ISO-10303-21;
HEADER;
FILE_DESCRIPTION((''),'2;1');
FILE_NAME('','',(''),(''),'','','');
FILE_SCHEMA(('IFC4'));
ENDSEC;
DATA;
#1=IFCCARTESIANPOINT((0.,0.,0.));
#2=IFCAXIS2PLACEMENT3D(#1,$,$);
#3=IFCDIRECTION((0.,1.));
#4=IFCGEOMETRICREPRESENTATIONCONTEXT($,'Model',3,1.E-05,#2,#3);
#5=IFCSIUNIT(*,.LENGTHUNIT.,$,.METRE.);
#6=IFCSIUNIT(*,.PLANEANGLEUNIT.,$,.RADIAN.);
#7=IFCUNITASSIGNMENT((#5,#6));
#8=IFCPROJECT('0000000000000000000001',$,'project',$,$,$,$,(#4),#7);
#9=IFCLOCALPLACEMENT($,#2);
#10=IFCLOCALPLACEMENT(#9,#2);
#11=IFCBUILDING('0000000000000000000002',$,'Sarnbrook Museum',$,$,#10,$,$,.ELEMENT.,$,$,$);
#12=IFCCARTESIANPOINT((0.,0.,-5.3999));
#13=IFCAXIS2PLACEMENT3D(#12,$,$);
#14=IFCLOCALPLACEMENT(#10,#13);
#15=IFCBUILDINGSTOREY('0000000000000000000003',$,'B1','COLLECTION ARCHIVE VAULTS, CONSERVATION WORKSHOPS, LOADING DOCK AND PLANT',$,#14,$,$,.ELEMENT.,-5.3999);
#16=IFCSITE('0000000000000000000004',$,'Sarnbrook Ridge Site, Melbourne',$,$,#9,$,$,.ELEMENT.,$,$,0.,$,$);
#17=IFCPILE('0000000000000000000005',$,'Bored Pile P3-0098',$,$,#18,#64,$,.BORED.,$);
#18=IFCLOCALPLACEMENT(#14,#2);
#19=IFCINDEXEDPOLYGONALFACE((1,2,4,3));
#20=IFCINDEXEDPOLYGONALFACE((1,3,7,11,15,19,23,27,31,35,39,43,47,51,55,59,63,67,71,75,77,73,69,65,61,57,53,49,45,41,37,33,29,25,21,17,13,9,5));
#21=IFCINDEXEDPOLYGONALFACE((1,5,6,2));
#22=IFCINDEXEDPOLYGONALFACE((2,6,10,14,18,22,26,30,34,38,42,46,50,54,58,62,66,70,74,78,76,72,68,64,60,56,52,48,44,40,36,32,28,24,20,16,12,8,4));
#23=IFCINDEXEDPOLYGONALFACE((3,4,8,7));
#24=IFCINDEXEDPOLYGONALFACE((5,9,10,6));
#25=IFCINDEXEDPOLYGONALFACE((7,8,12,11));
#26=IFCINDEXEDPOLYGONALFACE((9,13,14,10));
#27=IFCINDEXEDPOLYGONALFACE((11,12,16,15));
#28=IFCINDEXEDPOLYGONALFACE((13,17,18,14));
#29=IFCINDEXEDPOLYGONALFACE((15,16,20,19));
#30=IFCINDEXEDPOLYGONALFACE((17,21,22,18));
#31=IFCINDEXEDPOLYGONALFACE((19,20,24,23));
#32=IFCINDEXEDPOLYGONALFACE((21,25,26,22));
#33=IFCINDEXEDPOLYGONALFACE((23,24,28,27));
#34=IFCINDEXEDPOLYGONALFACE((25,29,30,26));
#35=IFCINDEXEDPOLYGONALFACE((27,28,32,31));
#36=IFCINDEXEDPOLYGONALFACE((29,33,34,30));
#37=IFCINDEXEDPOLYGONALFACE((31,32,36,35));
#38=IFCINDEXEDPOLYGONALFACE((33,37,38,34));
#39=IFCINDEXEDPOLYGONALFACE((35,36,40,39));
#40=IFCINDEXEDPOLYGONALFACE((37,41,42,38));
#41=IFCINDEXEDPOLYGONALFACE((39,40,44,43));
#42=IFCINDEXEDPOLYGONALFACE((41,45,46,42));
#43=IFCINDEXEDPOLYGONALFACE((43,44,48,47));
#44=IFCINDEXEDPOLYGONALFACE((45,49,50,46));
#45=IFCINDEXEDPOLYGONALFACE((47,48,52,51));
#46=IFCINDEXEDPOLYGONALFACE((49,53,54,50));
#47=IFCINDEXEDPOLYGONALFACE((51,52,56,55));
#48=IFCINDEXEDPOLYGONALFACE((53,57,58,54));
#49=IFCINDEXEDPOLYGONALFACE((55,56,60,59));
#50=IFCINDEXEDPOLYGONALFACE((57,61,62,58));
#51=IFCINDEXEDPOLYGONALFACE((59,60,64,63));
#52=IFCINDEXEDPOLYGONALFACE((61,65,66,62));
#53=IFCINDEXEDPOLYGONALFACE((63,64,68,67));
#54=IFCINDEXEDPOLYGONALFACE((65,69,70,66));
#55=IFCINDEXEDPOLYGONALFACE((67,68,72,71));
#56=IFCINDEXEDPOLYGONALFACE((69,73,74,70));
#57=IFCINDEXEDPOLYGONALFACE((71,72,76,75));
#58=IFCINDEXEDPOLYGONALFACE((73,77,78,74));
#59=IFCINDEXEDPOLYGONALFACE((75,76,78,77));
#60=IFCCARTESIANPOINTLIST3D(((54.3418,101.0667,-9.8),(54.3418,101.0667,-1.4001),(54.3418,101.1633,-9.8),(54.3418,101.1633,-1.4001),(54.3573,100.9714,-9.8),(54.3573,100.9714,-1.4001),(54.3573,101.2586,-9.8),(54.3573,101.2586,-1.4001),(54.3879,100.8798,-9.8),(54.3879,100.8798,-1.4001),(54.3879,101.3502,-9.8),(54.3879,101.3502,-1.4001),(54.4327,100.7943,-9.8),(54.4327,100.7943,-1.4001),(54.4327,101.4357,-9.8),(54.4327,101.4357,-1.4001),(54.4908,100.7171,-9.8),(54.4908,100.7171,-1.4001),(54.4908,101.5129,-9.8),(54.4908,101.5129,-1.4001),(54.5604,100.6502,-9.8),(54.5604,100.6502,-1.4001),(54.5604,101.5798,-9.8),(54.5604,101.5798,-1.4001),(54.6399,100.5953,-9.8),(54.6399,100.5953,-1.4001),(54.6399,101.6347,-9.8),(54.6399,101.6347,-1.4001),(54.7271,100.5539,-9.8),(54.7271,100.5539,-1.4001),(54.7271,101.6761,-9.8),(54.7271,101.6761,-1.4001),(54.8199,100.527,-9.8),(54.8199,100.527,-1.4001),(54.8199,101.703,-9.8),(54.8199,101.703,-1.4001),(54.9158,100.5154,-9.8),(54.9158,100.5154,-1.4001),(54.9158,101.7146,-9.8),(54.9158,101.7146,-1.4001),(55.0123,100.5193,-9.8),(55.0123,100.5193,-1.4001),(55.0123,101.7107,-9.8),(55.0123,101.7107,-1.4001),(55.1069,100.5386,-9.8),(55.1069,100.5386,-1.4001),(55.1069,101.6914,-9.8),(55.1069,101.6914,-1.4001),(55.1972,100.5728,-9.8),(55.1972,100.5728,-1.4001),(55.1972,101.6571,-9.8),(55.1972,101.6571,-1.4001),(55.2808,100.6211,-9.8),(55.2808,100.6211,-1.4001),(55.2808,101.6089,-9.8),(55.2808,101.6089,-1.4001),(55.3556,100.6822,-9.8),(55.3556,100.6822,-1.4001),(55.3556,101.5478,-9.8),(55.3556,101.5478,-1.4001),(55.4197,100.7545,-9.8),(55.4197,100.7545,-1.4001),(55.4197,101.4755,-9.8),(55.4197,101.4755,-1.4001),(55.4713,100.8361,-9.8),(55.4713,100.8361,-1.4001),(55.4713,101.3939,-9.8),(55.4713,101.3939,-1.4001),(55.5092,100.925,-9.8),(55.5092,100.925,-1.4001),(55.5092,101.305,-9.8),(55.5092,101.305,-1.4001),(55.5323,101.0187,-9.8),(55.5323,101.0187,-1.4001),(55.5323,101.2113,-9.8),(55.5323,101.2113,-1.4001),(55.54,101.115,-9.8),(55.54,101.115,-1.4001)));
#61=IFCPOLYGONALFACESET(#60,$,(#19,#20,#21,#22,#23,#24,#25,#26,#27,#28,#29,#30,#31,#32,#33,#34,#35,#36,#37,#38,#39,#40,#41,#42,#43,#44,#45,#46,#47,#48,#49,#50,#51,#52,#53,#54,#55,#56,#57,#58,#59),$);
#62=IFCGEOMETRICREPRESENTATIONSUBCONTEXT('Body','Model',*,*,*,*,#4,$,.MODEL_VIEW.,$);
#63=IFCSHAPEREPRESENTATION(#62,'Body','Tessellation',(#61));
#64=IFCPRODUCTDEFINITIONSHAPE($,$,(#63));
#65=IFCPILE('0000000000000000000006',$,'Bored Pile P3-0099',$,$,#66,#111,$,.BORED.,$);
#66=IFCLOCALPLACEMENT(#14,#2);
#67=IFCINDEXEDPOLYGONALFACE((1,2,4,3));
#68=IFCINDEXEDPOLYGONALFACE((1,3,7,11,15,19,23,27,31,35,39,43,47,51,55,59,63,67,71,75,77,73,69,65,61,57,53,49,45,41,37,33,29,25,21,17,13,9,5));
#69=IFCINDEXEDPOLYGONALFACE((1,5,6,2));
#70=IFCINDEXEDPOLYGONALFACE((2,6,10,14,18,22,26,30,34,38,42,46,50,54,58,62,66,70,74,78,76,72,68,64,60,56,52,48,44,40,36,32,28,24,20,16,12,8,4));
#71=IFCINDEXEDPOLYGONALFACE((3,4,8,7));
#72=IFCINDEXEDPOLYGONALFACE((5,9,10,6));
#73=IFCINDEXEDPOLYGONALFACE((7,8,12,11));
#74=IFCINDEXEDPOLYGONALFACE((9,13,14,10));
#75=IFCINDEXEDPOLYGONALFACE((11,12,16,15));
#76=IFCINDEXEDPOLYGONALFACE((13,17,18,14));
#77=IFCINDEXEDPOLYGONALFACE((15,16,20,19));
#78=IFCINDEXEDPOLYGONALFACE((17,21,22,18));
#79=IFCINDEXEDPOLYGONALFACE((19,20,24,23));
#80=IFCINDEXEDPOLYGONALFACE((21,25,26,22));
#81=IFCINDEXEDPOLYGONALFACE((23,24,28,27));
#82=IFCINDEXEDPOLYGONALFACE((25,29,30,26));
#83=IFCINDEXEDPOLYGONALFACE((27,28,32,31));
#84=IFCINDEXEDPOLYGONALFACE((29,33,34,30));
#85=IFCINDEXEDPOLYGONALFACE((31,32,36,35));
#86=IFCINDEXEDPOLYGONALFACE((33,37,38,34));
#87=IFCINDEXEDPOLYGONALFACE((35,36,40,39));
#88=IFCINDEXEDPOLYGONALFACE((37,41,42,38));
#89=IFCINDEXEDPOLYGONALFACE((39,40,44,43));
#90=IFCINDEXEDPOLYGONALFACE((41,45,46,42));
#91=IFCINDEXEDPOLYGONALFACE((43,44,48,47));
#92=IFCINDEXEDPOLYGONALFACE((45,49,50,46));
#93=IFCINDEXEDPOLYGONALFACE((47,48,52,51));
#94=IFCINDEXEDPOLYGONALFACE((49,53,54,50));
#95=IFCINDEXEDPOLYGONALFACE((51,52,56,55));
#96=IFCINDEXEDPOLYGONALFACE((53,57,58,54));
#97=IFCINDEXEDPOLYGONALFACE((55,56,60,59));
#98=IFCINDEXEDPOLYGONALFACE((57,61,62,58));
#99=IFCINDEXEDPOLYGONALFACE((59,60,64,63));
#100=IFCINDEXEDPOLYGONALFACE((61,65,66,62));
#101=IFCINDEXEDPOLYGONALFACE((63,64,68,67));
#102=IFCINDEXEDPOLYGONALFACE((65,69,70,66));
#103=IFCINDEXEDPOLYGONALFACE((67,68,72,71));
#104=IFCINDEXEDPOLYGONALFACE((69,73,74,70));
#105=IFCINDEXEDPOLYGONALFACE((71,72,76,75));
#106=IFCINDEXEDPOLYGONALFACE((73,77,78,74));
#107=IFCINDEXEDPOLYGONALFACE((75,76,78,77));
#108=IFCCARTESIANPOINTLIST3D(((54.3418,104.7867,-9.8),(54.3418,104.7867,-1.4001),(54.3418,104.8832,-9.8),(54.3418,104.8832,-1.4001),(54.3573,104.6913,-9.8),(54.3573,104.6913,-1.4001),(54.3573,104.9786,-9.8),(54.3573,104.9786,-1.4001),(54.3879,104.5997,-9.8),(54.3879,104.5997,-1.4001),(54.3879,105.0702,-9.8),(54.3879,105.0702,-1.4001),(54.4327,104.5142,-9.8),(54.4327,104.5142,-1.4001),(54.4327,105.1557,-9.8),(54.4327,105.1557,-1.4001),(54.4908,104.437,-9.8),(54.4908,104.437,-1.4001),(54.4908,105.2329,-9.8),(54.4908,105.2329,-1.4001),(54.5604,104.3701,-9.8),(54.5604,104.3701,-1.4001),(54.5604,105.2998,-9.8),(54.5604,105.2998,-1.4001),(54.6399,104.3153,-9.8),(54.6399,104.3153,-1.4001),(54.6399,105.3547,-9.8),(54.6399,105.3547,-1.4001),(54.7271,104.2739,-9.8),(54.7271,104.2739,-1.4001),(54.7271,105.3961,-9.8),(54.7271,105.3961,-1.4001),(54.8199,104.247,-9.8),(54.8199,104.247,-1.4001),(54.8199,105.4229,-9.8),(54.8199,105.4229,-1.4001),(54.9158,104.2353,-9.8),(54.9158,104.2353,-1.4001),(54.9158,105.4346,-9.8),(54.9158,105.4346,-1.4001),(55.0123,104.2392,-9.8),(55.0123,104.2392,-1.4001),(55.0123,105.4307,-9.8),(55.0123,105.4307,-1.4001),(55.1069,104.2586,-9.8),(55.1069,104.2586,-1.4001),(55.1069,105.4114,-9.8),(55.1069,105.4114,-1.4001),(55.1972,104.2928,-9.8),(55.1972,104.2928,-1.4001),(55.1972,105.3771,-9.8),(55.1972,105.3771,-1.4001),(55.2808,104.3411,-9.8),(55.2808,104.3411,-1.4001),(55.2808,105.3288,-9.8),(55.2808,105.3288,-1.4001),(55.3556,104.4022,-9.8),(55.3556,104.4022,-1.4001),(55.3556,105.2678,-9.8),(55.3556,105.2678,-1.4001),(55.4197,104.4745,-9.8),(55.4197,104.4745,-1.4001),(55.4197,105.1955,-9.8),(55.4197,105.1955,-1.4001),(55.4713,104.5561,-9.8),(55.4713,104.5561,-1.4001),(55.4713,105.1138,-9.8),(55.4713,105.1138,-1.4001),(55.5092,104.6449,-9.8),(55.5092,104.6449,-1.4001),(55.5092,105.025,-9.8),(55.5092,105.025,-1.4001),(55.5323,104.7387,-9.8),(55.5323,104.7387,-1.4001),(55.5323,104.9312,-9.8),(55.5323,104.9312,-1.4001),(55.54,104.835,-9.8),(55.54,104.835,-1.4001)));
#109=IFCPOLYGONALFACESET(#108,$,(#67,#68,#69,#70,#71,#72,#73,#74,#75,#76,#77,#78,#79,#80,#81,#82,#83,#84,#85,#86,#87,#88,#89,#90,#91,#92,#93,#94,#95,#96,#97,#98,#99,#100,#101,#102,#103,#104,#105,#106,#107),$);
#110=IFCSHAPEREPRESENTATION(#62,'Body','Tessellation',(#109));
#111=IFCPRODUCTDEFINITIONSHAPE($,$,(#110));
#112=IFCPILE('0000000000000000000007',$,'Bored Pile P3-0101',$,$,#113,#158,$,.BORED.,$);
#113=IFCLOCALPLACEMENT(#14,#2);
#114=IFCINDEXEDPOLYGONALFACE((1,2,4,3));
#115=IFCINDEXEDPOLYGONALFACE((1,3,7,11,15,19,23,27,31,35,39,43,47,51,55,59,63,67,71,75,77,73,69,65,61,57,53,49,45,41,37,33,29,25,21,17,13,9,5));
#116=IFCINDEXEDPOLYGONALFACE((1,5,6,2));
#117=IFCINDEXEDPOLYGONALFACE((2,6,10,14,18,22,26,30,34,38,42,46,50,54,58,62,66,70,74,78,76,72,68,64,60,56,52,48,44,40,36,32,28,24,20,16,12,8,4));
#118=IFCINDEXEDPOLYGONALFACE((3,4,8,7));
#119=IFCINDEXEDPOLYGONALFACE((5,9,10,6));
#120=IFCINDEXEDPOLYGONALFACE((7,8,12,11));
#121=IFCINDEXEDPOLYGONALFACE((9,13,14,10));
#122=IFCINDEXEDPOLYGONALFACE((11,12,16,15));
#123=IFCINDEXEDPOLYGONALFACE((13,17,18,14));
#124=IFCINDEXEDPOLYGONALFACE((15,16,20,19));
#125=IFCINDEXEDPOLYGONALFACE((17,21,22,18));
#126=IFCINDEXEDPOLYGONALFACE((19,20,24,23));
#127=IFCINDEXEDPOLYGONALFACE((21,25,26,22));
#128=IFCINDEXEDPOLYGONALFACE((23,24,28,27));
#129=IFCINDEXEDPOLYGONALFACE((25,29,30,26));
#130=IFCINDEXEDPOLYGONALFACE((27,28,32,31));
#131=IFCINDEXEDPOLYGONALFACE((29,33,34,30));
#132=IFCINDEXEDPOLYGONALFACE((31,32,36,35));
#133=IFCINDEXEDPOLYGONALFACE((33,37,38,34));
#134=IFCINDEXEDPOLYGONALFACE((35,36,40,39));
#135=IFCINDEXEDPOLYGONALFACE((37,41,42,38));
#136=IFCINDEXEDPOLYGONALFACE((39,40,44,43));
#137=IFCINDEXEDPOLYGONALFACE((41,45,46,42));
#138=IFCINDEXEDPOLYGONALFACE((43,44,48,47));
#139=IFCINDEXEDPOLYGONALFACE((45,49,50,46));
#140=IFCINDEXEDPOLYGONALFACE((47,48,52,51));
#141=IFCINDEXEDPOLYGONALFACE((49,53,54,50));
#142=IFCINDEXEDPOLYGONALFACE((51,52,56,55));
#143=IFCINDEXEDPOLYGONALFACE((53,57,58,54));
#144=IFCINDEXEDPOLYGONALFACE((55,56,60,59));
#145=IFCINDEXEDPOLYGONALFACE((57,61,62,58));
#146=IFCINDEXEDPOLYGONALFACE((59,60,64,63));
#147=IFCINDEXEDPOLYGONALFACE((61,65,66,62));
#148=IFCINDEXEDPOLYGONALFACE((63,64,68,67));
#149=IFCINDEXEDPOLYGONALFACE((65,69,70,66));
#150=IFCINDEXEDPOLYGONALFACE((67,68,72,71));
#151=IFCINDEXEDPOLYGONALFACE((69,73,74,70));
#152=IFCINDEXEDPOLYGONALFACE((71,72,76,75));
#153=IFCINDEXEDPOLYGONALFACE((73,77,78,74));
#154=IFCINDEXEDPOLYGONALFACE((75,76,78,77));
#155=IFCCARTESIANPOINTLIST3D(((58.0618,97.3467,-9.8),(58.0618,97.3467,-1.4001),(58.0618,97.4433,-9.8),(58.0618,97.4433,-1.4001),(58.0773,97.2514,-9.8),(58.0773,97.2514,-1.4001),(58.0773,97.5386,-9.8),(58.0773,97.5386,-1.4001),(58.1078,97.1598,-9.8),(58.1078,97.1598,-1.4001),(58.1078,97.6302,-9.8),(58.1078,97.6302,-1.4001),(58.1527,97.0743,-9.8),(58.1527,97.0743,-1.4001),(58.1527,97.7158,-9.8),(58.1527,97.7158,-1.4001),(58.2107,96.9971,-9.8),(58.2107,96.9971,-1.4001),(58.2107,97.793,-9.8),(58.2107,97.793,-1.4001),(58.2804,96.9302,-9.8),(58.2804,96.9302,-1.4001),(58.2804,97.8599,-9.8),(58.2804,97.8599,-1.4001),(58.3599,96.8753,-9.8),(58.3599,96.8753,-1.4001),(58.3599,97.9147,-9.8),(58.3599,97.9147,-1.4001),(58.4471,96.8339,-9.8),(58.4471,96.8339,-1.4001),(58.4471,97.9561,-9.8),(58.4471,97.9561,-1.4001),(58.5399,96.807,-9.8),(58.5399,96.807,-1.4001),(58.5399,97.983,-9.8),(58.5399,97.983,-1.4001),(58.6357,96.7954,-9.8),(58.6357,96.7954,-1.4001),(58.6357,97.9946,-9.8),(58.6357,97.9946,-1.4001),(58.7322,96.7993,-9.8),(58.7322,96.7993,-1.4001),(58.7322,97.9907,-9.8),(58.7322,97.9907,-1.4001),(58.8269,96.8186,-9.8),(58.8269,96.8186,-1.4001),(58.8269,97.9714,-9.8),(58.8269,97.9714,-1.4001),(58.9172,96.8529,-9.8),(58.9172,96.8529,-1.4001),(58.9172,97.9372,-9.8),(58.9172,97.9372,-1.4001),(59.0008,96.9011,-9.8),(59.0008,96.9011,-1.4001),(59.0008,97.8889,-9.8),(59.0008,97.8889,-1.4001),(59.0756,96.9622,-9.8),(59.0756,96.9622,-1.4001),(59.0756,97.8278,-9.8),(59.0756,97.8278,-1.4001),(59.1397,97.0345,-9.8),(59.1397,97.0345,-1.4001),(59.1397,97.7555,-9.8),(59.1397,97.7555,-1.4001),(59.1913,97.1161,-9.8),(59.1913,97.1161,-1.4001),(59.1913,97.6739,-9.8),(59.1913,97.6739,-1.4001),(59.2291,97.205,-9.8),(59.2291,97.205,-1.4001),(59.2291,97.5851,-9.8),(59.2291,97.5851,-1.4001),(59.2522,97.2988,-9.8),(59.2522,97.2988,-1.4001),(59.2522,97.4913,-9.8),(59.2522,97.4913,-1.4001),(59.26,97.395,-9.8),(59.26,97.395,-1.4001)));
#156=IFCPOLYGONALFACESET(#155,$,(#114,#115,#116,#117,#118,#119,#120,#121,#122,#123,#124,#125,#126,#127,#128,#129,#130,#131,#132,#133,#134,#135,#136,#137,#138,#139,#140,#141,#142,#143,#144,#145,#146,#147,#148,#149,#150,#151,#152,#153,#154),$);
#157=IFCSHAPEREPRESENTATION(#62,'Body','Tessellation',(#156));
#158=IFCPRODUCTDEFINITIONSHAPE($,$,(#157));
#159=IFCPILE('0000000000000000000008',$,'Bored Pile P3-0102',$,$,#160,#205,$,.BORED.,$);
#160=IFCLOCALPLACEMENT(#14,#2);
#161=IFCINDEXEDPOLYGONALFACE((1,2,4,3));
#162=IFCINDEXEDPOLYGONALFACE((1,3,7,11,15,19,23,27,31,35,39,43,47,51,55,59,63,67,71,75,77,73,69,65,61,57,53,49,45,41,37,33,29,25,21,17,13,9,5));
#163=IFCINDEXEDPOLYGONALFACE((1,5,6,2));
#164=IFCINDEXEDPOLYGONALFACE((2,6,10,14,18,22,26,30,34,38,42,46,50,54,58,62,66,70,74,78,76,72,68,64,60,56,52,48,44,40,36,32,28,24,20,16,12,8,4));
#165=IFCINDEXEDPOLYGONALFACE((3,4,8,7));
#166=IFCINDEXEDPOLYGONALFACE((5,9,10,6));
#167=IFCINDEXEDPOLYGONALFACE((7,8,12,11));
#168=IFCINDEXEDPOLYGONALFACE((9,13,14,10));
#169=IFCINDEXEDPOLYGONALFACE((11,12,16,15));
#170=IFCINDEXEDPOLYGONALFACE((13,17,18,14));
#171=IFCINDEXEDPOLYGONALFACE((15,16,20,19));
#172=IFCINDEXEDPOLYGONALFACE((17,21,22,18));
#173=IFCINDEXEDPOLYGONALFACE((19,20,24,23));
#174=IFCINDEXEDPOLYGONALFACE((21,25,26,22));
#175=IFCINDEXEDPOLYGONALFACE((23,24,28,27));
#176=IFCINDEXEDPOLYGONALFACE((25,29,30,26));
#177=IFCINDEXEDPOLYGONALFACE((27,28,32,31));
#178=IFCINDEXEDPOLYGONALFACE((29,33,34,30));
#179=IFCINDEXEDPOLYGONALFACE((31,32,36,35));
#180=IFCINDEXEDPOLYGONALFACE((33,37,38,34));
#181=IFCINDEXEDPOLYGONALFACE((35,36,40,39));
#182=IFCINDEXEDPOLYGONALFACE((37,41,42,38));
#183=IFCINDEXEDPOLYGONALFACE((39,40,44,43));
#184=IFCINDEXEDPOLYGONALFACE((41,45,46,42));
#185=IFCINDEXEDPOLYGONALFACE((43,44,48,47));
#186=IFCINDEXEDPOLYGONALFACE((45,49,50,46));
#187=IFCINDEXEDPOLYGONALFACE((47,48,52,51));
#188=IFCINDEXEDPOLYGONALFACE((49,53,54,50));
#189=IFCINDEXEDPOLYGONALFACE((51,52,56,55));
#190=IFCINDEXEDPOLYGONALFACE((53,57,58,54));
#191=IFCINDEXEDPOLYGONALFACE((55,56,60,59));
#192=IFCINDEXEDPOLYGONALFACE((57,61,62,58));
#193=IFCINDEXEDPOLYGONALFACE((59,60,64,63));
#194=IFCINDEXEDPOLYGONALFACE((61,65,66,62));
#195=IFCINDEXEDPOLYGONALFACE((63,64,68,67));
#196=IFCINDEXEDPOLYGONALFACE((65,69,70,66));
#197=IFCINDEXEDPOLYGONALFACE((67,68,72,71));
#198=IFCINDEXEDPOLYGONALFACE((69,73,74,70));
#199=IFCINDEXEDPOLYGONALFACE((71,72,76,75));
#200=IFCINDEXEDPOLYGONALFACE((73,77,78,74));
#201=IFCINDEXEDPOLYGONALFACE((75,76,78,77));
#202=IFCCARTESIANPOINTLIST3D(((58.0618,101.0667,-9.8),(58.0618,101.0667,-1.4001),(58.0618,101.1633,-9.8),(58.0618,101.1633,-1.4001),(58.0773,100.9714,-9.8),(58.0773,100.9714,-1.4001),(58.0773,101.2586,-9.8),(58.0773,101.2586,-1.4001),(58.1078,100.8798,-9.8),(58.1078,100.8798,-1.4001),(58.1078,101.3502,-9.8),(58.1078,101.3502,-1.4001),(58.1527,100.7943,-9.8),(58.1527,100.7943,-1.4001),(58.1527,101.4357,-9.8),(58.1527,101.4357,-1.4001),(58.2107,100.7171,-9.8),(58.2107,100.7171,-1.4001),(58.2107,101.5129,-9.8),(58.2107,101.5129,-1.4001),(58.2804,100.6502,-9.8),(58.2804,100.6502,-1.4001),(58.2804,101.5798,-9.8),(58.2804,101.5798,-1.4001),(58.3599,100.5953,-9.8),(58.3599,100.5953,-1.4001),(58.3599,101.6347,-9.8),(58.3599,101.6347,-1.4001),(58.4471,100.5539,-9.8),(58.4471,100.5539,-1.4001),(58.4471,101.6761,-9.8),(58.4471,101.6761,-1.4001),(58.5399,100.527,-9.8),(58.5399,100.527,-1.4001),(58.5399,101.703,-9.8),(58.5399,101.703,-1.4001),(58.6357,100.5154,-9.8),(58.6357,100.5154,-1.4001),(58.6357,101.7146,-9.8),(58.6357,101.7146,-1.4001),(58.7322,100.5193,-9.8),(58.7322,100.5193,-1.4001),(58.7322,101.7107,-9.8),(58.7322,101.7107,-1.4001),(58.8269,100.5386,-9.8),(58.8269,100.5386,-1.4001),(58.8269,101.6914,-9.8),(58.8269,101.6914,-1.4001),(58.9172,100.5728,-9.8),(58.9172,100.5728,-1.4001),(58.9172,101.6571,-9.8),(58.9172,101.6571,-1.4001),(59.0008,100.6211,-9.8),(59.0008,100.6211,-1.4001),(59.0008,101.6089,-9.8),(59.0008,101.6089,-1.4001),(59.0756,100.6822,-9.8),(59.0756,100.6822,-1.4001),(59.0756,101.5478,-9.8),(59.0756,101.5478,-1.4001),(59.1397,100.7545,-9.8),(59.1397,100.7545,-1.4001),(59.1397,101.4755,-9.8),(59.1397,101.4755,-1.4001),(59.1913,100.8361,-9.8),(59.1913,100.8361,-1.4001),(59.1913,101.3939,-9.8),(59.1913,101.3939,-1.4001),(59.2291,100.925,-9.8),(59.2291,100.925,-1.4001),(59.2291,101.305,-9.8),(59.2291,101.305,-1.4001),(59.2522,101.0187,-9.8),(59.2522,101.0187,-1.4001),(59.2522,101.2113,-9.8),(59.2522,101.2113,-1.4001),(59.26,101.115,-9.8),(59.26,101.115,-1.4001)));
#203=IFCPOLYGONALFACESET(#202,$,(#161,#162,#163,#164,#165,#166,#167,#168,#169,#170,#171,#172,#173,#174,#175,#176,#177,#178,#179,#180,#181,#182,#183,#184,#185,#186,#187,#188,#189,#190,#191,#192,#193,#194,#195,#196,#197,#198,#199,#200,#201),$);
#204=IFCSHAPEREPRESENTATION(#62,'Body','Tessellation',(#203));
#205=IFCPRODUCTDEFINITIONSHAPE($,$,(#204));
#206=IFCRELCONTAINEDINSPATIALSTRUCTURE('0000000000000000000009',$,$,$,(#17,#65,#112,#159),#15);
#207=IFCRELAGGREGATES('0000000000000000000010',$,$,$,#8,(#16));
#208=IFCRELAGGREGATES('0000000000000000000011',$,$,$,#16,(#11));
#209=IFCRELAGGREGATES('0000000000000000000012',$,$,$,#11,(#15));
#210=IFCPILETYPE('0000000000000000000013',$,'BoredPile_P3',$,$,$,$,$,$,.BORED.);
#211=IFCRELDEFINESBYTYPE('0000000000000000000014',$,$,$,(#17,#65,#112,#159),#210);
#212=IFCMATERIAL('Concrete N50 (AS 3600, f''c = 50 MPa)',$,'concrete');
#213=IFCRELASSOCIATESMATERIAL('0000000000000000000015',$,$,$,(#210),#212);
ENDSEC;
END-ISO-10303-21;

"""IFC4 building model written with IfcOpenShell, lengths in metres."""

from ifc_helpers import new_model, si_unit, direction, frame, origin, origin_2d, place, context, subcontext, project, spatial, circle, extrude, material, material_profile, profile_set, type_object, element, save


model = new_model("IFC4")

# Units and contexts
model_context = context("Model", 3, precision=1e-05, world=origin(), true_north=direction((0.0, 1.0)))
body_context = subcontext(model_context, "Body", "Model", "MODEL_VIEW")
ifc_project = project(units=[si_unit("LENGTHUNIT", "METRE"), si_unit("PLANEANGLEUNIT", "RADIAN")], contexts=[model_context])

# Site, building, storey
site_placement = place(None, origin())
site = spatial("IfcSite", under=ifc_project, at=site_placement, Name="Sarnbrook Ridge Site, Melbourne", CompositionType="ELEMENT", RefElevation=0.0)
building_placement = place(site_placement, origin())
building = spatial("IfcBuilding", under=site, at=building_placement, Name="Sarnbrook Museum", CompositionType="ELEMENT")
storey_placement = place(building_placement, frame((0.0, 0.0, -5.3999)))
storey = spatial("IfcBuildingStorey", under=building, at=storey_placement, Name="B1", Description="COLLECTION ARCHIVE VAULTS, CONSERVATION WORKSHOPS, LOADING DOCK AND PLANT", CompositionType="ELEMENT", Elevation=-5.3999)

# Piles
ifc_material_1 = material(Name="Concrete N50 (AS 3600, f'c = 50 MPa)", Category="concrete")
ifc_material_profile_1 = material_profile(ifc_material_1, circle(Radius=0.6001, at=origin_2d()), Name="BORED PILE D1200")
ifc_profile_set_1 = profile_set([ifc_material_profile_1], Name="Concrete N50 (AS 3600, f'c = 50 MPa)")
pile_type = type_object("IfcPileType", Name="BoredPile_P3", PredefinedType="BORED", material=ifc_profile_set_1)
for number, where, z_axis, x_axis, name in (
    (1, (54.9399, 101.115, -1.4001), (0.0, 0.0, -1.0), (1.0, 0.0, 0.0), "Bored Pile P3-0098"),
    (2, (54.9399, 104.835, -1.4001), (0.0, 0.0, -1.0), (1.0, 0.0, 0.0), "Bored Pile P3-0099"),
    (3, (58.6599, 97.395, -1.4001), (0.0, 0.0, -1.0), (1.0, 0.0, 0.0), "Bored Pile P3-0101"),
    (4, (58.6599, 101.115, -1.4001), (0.0, 0.0, -1.0), (1.0, 0.0, 0.0), "Bored Pile P3-0102"),
):
    element("IfcPile", number, at=place(storey_placement, frame(where, z_axis=z_axis, x_axis=x_axis)), inside=storey, type_object=pile_type, Name=name, PredefinedType="BORED", context=body_context, shape_type="SweptSolid", body=[
        extrude(circle(Radius=0.6001, at=origin_2d()), origin(), (0.0, 0.0, 1.0), 8.3999),
    ])

save(model, "model.ifc")
